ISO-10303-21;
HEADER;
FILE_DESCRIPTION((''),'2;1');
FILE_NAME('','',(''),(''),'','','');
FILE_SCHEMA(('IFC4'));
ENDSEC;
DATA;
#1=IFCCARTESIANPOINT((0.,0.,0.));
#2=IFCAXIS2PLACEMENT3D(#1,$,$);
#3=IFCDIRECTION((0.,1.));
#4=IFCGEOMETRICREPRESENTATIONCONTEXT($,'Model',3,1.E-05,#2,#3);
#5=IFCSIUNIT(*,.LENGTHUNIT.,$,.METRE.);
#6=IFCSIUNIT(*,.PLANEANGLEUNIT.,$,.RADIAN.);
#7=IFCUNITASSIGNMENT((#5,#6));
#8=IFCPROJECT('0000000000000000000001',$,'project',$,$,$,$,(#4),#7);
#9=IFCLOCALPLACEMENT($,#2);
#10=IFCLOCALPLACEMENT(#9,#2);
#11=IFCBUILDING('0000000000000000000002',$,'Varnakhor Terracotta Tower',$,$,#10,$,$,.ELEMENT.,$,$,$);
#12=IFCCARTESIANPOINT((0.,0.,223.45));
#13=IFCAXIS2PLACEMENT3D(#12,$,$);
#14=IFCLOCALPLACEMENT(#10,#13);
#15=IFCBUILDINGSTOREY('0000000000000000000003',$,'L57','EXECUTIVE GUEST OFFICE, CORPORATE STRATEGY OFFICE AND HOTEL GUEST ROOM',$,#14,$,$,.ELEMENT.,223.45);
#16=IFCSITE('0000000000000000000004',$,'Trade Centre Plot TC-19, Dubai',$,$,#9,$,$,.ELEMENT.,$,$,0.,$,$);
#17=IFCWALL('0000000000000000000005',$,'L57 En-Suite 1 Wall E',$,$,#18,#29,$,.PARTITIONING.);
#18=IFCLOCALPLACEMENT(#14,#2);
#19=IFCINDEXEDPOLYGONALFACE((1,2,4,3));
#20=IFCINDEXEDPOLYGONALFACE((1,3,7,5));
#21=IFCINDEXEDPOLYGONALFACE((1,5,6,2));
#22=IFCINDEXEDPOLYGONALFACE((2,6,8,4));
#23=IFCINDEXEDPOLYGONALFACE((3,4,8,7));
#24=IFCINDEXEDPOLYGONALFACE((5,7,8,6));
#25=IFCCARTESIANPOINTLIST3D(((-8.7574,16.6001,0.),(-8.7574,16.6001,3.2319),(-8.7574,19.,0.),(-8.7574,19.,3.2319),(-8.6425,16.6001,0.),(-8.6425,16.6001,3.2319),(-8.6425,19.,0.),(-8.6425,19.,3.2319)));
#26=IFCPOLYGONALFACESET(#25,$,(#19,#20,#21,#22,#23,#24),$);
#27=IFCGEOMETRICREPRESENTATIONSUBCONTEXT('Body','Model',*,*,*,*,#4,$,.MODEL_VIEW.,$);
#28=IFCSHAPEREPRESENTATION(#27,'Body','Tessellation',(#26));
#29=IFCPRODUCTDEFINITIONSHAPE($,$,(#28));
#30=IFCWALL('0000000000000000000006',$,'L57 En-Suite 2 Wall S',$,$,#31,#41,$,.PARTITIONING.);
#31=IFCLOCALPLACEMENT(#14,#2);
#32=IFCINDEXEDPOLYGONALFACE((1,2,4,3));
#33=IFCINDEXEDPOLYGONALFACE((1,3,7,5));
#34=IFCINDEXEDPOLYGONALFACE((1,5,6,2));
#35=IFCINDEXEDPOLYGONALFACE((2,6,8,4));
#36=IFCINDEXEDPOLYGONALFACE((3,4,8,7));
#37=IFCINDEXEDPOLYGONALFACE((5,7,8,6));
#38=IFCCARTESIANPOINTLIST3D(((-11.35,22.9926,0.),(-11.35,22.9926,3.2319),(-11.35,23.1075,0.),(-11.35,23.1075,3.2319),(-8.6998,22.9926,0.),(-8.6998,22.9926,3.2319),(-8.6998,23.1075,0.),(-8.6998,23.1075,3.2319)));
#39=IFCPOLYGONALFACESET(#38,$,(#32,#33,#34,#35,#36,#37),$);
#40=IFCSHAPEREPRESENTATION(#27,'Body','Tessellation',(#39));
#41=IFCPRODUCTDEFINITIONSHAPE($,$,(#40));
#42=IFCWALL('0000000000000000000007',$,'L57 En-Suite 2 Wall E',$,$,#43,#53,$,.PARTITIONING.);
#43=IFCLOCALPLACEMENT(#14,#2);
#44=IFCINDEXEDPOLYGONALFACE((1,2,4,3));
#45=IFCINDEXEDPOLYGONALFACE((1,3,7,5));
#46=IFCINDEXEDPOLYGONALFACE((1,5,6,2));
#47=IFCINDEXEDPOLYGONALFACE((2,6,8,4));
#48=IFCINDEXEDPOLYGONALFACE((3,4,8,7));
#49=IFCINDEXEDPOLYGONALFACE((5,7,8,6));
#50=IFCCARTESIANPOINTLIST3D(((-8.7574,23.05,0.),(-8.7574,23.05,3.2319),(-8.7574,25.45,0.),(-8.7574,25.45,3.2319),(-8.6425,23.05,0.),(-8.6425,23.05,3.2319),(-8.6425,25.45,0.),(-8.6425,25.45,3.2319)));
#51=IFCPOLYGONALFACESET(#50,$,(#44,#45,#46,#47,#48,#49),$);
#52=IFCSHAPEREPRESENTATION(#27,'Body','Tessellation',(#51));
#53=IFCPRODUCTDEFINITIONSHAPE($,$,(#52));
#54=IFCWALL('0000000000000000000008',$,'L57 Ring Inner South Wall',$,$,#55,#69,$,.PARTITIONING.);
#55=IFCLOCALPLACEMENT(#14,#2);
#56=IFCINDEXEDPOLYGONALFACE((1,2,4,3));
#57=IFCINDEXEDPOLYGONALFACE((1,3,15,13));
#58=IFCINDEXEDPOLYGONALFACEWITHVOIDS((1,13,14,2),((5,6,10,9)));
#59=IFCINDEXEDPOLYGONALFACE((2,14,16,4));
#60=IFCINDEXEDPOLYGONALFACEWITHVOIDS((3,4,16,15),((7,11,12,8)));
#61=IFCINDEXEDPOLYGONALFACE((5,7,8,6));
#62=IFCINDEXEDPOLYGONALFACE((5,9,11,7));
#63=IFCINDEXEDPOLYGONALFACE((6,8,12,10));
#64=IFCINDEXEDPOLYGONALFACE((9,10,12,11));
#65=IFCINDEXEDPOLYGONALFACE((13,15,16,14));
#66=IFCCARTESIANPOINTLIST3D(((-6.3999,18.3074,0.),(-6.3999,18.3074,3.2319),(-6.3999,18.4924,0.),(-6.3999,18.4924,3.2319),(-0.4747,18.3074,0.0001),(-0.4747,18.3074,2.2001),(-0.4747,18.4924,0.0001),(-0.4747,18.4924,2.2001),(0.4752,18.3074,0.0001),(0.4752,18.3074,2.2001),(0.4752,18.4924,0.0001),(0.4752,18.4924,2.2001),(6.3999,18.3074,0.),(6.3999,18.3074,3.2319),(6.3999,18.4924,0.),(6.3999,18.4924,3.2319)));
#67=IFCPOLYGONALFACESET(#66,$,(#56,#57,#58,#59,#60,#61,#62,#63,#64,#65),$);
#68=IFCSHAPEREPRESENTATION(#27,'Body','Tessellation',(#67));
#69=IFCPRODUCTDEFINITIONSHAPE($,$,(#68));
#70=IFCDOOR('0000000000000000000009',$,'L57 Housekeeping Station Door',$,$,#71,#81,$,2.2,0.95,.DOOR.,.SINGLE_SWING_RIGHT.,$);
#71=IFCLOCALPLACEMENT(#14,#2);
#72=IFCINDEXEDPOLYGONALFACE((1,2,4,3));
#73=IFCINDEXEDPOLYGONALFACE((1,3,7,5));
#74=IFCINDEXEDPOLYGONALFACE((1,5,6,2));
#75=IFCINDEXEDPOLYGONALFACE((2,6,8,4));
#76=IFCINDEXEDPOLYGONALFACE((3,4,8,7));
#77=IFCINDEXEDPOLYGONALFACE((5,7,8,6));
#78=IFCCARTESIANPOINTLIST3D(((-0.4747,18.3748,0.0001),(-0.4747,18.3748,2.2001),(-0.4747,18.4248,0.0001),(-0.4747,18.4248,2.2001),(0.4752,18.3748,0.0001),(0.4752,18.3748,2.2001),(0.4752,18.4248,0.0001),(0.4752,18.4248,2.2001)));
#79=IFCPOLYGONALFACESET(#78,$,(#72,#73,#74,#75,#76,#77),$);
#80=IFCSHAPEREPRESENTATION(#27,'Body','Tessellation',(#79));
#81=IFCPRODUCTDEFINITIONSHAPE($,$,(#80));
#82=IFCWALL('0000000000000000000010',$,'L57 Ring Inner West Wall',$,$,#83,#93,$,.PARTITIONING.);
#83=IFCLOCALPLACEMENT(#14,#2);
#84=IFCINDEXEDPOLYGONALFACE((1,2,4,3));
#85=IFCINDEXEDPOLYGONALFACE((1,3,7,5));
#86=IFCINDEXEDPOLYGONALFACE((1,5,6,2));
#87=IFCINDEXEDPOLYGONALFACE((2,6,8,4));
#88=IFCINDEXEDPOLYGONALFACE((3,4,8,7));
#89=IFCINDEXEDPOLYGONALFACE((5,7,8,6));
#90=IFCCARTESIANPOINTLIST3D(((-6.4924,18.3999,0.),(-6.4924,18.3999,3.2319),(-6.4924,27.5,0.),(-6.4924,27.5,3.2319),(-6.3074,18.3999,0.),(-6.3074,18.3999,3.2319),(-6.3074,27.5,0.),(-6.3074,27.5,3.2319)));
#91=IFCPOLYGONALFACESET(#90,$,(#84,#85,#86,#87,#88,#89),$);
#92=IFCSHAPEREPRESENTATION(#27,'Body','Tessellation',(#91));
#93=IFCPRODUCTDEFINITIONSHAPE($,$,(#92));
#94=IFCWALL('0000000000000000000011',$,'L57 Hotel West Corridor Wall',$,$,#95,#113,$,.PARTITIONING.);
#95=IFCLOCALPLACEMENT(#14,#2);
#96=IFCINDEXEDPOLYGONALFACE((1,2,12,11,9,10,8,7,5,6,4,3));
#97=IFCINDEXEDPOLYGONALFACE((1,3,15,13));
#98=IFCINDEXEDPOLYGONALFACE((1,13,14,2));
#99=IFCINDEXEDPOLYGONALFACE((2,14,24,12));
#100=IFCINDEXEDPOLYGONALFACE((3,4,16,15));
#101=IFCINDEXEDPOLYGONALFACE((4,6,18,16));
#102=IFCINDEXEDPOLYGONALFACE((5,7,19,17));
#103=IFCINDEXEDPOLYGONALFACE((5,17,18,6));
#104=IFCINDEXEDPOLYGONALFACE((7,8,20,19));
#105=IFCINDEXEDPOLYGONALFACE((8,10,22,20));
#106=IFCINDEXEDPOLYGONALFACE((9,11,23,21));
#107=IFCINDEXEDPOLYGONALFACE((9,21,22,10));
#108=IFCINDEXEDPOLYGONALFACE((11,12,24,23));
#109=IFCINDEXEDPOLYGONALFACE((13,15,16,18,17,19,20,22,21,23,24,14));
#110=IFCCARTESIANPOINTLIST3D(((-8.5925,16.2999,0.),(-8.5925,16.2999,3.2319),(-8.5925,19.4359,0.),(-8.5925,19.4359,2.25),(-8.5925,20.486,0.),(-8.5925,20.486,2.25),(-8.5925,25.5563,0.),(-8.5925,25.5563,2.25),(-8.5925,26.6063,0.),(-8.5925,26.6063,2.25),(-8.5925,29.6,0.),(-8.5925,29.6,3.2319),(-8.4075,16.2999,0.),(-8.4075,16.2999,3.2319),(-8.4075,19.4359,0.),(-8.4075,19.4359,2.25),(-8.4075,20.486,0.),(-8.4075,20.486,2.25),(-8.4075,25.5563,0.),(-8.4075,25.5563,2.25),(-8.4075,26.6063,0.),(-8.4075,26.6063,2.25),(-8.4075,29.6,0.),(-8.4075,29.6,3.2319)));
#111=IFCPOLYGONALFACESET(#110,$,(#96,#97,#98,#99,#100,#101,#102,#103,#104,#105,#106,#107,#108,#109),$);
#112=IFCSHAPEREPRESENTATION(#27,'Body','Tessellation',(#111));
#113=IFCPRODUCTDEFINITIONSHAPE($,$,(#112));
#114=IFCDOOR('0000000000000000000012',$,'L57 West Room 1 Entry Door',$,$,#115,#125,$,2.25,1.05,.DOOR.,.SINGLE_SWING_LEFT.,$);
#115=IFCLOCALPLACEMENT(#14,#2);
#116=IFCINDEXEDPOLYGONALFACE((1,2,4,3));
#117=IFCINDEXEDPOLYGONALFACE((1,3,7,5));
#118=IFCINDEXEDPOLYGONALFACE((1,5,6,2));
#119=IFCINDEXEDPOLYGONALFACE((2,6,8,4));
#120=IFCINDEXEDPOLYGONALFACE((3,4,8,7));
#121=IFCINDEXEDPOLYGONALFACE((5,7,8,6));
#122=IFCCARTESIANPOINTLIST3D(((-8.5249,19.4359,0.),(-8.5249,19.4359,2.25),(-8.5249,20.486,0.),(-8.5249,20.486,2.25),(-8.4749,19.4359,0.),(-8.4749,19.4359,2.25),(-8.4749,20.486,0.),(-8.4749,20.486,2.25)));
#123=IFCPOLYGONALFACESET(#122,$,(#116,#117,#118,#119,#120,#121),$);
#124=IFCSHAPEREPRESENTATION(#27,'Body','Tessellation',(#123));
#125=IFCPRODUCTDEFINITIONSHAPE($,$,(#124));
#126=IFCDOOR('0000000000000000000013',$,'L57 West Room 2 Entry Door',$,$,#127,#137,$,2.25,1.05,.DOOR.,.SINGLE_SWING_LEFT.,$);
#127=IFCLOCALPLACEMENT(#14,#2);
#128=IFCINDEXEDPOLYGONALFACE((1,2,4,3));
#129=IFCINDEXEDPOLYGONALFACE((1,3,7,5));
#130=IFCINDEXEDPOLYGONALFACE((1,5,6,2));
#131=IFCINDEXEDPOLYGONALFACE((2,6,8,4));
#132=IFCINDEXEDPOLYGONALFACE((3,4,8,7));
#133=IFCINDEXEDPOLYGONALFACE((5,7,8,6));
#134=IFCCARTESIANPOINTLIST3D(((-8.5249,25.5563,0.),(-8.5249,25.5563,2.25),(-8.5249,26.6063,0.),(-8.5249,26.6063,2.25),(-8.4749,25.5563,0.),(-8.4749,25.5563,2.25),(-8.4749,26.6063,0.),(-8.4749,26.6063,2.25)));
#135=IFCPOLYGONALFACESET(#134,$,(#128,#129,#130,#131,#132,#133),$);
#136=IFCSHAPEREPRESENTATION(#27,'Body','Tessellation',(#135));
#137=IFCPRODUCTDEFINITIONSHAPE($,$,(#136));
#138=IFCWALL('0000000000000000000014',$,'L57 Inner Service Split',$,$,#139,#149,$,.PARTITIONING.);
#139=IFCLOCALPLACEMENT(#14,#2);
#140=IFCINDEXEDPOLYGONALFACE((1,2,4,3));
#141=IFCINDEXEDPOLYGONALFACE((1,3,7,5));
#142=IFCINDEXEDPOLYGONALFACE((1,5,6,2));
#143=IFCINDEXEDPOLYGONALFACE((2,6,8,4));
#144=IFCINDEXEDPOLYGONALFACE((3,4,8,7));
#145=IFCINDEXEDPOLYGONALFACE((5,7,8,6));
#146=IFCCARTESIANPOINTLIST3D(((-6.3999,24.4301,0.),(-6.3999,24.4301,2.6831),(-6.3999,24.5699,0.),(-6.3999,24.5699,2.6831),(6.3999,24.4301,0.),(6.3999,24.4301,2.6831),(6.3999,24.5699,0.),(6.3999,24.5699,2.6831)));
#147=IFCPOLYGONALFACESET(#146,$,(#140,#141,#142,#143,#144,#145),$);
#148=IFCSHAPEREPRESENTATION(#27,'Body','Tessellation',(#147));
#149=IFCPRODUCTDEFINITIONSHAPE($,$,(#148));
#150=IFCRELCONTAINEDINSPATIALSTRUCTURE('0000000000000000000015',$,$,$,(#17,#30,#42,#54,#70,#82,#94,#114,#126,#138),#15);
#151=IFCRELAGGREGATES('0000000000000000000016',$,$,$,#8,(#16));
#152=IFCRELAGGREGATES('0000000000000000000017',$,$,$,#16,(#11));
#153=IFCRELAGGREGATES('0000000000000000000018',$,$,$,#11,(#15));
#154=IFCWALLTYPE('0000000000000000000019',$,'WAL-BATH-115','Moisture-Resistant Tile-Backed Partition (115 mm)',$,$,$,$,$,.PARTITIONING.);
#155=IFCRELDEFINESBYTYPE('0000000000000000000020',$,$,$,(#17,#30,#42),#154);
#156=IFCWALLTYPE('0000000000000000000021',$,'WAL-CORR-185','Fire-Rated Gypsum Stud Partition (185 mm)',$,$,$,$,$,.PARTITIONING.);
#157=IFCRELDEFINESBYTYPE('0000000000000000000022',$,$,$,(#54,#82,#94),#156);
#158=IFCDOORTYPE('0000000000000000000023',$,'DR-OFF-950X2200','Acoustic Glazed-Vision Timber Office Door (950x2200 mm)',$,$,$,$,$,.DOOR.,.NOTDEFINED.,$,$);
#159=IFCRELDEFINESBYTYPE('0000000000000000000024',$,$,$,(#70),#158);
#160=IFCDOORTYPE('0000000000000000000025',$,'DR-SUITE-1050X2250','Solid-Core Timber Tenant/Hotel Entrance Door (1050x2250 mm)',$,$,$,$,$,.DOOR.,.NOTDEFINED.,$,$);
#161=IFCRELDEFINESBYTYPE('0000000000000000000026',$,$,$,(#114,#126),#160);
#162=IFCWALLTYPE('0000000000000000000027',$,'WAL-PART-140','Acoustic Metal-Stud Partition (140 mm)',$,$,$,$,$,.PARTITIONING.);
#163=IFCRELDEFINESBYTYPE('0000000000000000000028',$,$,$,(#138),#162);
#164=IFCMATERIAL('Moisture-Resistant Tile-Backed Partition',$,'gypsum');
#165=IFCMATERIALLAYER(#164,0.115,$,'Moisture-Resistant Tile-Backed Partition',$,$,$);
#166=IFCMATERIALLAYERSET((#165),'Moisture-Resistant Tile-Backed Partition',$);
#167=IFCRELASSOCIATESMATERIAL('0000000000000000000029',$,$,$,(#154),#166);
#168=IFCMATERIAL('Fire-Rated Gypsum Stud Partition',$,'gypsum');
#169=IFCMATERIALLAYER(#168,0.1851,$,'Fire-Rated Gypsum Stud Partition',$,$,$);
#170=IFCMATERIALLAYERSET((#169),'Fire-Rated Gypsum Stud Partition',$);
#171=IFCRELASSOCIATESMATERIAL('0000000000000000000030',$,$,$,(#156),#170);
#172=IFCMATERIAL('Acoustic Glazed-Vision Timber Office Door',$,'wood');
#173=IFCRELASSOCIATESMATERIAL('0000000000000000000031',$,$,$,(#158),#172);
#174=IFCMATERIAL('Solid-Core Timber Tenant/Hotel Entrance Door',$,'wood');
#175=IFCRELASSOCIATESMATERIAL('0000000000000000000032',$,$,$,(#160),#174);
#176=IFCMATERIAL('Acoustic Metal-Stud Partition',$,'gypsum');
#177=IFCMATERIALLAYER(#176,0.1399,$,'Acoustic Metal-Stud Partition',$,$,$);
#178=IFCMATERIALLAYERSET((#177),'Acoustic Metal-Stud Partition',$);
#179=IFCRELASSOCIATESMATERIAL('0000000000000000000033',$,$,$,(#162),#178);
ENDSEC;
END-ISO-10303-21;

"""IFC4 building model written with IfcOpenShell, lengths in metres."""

from ifc_helpers import new_model, si_unit, direction, frame, frame_2d, origin, place, context, subcontext, project, spatial, rectangle, extrude, source, transform, mapped, material, layer, layer_set, type_object, type_shapes, element, fill, save


model = new_model("IFC4")

# Units and contexts
model_context = context("Model", 3, precision=1e-05, world=origin(), true_north=direction((0.0, 1.0)))
body_context = subcontext(model_context, "Body", "Model", "MODEL_VIEW")
ifc_project = project(units=[si_unit("LENGTHUNIT", "METRE"), si_unit("PLANEANGLEUNIT", "RADIAN")], contexts=[model_context])

# Site, building, storey
site_placement = place(None, origin())
site = spatial("IfcSite", under=ifc_project, at=site_placement, Name="Trade Centre Plot TC-19, Dubai", CompositionType="ELEMENT", RefElevation=0.0)
building_placement = place(site_placement, origin())
building = spatial("IfcBuilding", under=site, at=building_placement, Name="Varnakhor Terracotta Tower", CompositionType="ELEMENT")
storey_placement = place(building_placement, frame((0.0, 0.0, 223.45)))
storey = spatial("IfcBuildingStorey", under=building, at=storey_placement, Name="L57", Description="EXECUTIVE GUEST OFFICE, CORPORATE STRATEGY OFFICE AND HOTEL GUEST ROOM", CompositionType="ELEMENT", Elevation=223.45)

# Walls
ifc_material_1 = material(Name="Moisture-Resistant Tile-Backed Partition", Category="gypsum")
ifc_layer_1 = layer(ifc_material_1, 0.115, Name="Moisture-Resistant Tile-Backed Partition")
ifc_layer_set_1 = layer_set([ifc_layer_1], Name="Moisture-Resistant Tile-Backed Partition")
wall_type_1 = type_object("IfcWallType", Name="WAL-BATH-115", Description="Moisture-Resistant Tile-Backed Partition (115 mm)", PredefinedType="PARTITIONING", material=ifc_layer_set_1)
wall_1_placement = place(storey_placement, frame((-8.7, 16.6001, 0.0), z_axis=(0.0, 0.0, 1.0), x_axis=(0.0, 1.0, 0.0)))
element("IfcWall", 1, at=wall_1_placement, inside=storey, type_object=wall_type_1, Name="L57 En-Suite 1 Wall E", PredefinedType="PARTITIONING", context=body_context, shape_type="SweptSolid", body=[
    extrude(rectangle(XDim=2.3999, YDim=0.115, at=frame_2d((1.2, 0.0))), origin(), (0.0, 0.0, 1.0), 3.2319),
])
wall_2_placement = place(storey_placement, frame((-11.3501, 23.05, 0.0), z_axis=(0.0, 0.0, 1.0), x_axis=(1.0, 0.0, 0.0)))
element("IfcWall", 2, at=wall_2_placement, inside=storey, type_object=wall_type_1, Name="L57 En-Suite 2 Wall S", PredefinedType="PARTITIONING", context=body_context, shape_type="SweptSolid", body=[
    extrude(rectangle(XDim=2.6501, YDim=0.115, at=frame_2d((1.3252, 0.0))), origin(), (0.0, 0.0, 1.0), 3.2319),
])

# Wall
wall_3_placement = place(storey_placement, frame((-8.7, 23.05, 0.0), z_axis=(0.0, 0.0, 1.0), x_axis=(0.0, 1.0, 0.0)))
element("IfcWall", 3, at=wall_3_placement, inside=storey, type_object=wall_type_1, Name="L57 En-Suite 2 Wall E", PredefinedType="PARTITIONING", context=body_context, shape_type="SweptSolid", body=[
    extrude(rectangle(XDim=2.3999, YDim=0.115, at=frame_2d((1.2, 0.0))), origin(), (0.0, 0.0, 1.0), 3.2319),
])

# Wall, opening, door
ifc_material_2 = material(Name="Fire-Rated Gypsum Stud Partition", Category="gypsum")
ifc_layer_2 = layer(ifc_material_2, 0.1851, Name="Fire-Rated Gypsum Stud Partition")
ifc_layer_set_2 = layer_set([ifc_layer_2], Name="Fire-Rated Gypsum Stud Partition")
wall_type_2 = type_object("IfcWallType", Name="WAL-CORR-185", Description="Fire-Rated Gypsum Stud Partition (185 mm)", PredefinedType="PARTITIONING", material=ifc_layer_set_2)
wall_4_placement = place(storey_placement, frame((-6.3999, 18.3999, 0.0), z_axis=(0.0, 0.0, 1.0), x_axis=(1.0, 0.0, 0.0)))
wall_4 = element("IfcWall", 4, at=wall_4_placement, inside=storey, type_object=wall_type_2, Name="L57 Ring Inner South Wall", PredefinedType="PARTITIONING", context=body_context, shape_type="SweptSolid", body=[
    extrude(rectangle(XDim=12.7998, YDim=0.1851, at=frame_2d((6.3999, 0.0))), origin(), (0.0, 0.0, 1.0), 3.2319),
])
opening_1_placement = place(wall_4_placement, frame((5.925, 0.0, 0.0)))
opening_1 = element("IfcOpeningElement", 5, at=opening_1_placement, cuts=wall_4, PredefinedType="OPENING", context=body_context, shape_type="SweptSolid", body=[
    extrude(rectangle(XDim=0.95, YDim=2.2, at=frame_2d((0.4751, 1.1001))), frame((0.0, 0.1025, 0.0), z_axis=(0.0, -1.0, 0.0), x_axis=(1.0, 0.0, 0.0)), (0.0, 0.0, 1.0), 0.2051),
])
ifc_material_3 = material(Name="Acoustic Glazed-Vision Timber Office Door", Category="wood")
door_type_1 = type_object("IfcDoorType", Name="DR-OFF-950X2200", Description="Acoustic Glazed-Vision Timber Office Door (950x2200 mm)", OperationType="NOTDEFINED", PredefinedType="DOOR", material=ifc_material_3)
shared_shape_1 = source(origin(), body_context, "Body", "SweptSolid", [
    extrude(rectangle(XDim=0.95, YDim=2.2, at=frame_2d((0.4751, 1.1001))), frame((0.0, 0.0249, 0.0), z_axis=(0.0, -1.0, 0.0), x_axis=(1.0, 0.0, 0.0)), (0.0, 0.0, 1.0), 0.05),
])
type_shapes(door_type_1, [shared_shape_1])
door_1_placement = place(opening_1_placement, origin())
door_1 = element("IfcDoor", 6, at=door_1_placement, inside=storey, type_object=door_type_1, Name="L57 Housekeeping Station Door", OperationType="SINGLE_SWING_RIGHT", OverallHeight=2.2, OverallWidth=0.95, PredefinedType="DOOR", context=body_context, shape_type="MappedRepresentation", body=[
    mapped(shared_shape_1, transform((0.0, 0.0, 0.0), scale=1.0)),
])
fill(opening_1, door_1)

# Wall
wall_5_placement = place(storey_placement, frame((-6.3999, 18.3999, 0.0), z_axis=(0.0, 0.0, 1.0), x_axis=(0.0, 1.0, 0.0)))
element("IfcWall", 7, at=wall_5_placement, inside=storey, type_object=wall_type_2, Name="L57 Ring Inner West Wall", PredefinedType="PARTITIONING", context=body_context, shape_type="SweptSolid", body=[
    extrude(rectangle(XDim=9.1001, YDim=0.1851, at=frame_2d((4.55, 0.0))), origin(), (0.0, 0.0, 1.0), 3.2319),
])

# Wall, openings, doors
wall_6_placement = place(storey_placement, frame((-8.5, 16.3, 0.0), z_axis=(0.0, 0.0, 1.0), x_axis=(0.0, 1.0, 0.0)))
wall_6 = element("IfcWall", 8, at=wall_6_placement, inside=storey, type_object=wall_type_2, Name="L57 Hotel West Corridor Wall", PredefinedType="PARTITIONING", context=body_context, shape_type="SweptSolid", body=[
    extrude(rectangle(XDim=13.3, YDim=0.1851, at=frame_2d((6.6499, 0.0))), origin(), (0.0, 0.0, 1.0), 3.2319),
])
opening_2_placement = place(wall_6_placement, frame((3.136, 0.0, 0.0)))
opening_2 = element("IfcOpeningElement", 9, at=opening_2_placement, cuts=wall_6, PredefinedType="OPENING", context=body_context, shape_type="SweptSolid", body=[
    extrude(rectangle(XDim=1.05, YDim=2.25, at=frame_2d((0.5249, 1.125))), frame((0.0, 0.1025, 0.0), z_axis=(0.0, -1.0, 0.0), x_axis=(1.0, 0.0, 0.0)), (0.0, 0.0, 1.0), 0.2051),
])
opening_3_placement = place(wall_6_placement, frame((9.2563, 0.0, 0.0)))
opening_3 = element("IfcOpeningElement", 10, at=opening_3_placement, cuts=wall_6, PredefinedType="OPENING", context=body_context, shape_type="SweptSolid", body=[
    extrude(rectangle(XDim=1.05, YDim=2.25, at=frame_2d((0.5249, 1.125))), frame((0.0, 0.1025, 0.0), z_axis=(0.0, -1.0, 0.0), x_axis=(1.0, 0.0, 0.0)), (0.0, 0.0, 1.0), 0.2051),
])
ifc_material_4 = material(Name="Solid-Core Timber Tenant/Hotel Entrance Door", Category="wood")
door_type_2 = type_object("IfcDoorType", Name="DR-SUITE-1050X2250", Description="Solid-Core Timber Tenant/Hotel Entrance Door (1050x2250 mm)", OperationType="NOTDEFINED", PredefinedType="DOOR", material=ifc_material_4)
shared_shape_2 = source(origin(), body_context, "Body", "SweptSolid", [
    extrude(rectangle(XDim=1.05, YDim=2.25, at=frame_2d((0.5249, 1.125))), frame((0.0, 0.0249, 0.0), z_axis=(0.0, -1.0, 0.0), x_axis=(1.0, 0.0, 0.0)), (0.0, 0.0, 1.0), 0.05),
])
type_shapes(door_type_2, [shared_shape_2])
door_2_placement = place(opening_2_placement, origin())
door_2 = element("IfcDoor", 11, at=door_2_placement, inside=storey, type_object=door_type_2, Name="L57 West Room 1 Entry Door", OperationType="SINGLE_SWING_LEFT", OverallHeight=2.25, OverallWidth=1.05, PredefinedType="DOOR", context=body_context, shape_type="MappedRepresentation", body=[
    mapped(shared_shape_2, transform((0.0, 0.0, 0.0), scale=1.0)),
])
fill(opening_2, door_2)
door_3_placement = place(opening_3_placement, origin())
door_3 = element("IfcDoor", 12, at=door_3_placement, inside=storey, type_object=door_type_2, Name="L57 West Room 2 Entry Door", OperationType="SINGLE_SWING_LEFT", OverallHeight=2.25, OverallWidth=1.05, PredefinedType="DOOR", context=body_context, shape_type="MappedRepresentation", body=[
    mapped(shared_shape_2, transform((0.0, 0.0, 0.0), scale=1.0)),
])
fill(opening_3, door_3)

# Wall
ifc_material_5 = material(Name="Acoustic Metal-Stud Partition", Category="gypsum")
ifc_layer_3 = layer(ifc_material_5, 0.1399, Name="Acoustic Metal-Stud Partition")
ifc_layer_set_3 = layer_set([ifc_layer_3], Name="Acoustic Metal-Stud Partition")
wall_type_3 = type_object("IfcWallType", Name="WAL-PART-140", Description="Acoustic Metal-Stud Partition (140 mm)", PredefinedType="PARTITIONING", material=ifc_layer_set_3)
wall_7_placement = place(storey_placement, frame((-6.3999, 24.5, 0.0), z_axis=(0.0, 0.0, 1.0), x_axis=(1.0, 0.0, 0.0)))
element("IfcWall", 13, at=wall_7_placement, inside=storey, type_object=wall_type_3, Name="L57 Inner Service Split", PredefinedType="PARTITIONING", context=body_context, shape_type="SweptSolid", body=[
    extrude(rectangle(XDim=12.7998, YDim=0.1399, at=frame_2d((6.3999, 0.0))), origin(), (0.0, 0.0, 1.0), 2.6831),
])

save(model, "model.ifc")
